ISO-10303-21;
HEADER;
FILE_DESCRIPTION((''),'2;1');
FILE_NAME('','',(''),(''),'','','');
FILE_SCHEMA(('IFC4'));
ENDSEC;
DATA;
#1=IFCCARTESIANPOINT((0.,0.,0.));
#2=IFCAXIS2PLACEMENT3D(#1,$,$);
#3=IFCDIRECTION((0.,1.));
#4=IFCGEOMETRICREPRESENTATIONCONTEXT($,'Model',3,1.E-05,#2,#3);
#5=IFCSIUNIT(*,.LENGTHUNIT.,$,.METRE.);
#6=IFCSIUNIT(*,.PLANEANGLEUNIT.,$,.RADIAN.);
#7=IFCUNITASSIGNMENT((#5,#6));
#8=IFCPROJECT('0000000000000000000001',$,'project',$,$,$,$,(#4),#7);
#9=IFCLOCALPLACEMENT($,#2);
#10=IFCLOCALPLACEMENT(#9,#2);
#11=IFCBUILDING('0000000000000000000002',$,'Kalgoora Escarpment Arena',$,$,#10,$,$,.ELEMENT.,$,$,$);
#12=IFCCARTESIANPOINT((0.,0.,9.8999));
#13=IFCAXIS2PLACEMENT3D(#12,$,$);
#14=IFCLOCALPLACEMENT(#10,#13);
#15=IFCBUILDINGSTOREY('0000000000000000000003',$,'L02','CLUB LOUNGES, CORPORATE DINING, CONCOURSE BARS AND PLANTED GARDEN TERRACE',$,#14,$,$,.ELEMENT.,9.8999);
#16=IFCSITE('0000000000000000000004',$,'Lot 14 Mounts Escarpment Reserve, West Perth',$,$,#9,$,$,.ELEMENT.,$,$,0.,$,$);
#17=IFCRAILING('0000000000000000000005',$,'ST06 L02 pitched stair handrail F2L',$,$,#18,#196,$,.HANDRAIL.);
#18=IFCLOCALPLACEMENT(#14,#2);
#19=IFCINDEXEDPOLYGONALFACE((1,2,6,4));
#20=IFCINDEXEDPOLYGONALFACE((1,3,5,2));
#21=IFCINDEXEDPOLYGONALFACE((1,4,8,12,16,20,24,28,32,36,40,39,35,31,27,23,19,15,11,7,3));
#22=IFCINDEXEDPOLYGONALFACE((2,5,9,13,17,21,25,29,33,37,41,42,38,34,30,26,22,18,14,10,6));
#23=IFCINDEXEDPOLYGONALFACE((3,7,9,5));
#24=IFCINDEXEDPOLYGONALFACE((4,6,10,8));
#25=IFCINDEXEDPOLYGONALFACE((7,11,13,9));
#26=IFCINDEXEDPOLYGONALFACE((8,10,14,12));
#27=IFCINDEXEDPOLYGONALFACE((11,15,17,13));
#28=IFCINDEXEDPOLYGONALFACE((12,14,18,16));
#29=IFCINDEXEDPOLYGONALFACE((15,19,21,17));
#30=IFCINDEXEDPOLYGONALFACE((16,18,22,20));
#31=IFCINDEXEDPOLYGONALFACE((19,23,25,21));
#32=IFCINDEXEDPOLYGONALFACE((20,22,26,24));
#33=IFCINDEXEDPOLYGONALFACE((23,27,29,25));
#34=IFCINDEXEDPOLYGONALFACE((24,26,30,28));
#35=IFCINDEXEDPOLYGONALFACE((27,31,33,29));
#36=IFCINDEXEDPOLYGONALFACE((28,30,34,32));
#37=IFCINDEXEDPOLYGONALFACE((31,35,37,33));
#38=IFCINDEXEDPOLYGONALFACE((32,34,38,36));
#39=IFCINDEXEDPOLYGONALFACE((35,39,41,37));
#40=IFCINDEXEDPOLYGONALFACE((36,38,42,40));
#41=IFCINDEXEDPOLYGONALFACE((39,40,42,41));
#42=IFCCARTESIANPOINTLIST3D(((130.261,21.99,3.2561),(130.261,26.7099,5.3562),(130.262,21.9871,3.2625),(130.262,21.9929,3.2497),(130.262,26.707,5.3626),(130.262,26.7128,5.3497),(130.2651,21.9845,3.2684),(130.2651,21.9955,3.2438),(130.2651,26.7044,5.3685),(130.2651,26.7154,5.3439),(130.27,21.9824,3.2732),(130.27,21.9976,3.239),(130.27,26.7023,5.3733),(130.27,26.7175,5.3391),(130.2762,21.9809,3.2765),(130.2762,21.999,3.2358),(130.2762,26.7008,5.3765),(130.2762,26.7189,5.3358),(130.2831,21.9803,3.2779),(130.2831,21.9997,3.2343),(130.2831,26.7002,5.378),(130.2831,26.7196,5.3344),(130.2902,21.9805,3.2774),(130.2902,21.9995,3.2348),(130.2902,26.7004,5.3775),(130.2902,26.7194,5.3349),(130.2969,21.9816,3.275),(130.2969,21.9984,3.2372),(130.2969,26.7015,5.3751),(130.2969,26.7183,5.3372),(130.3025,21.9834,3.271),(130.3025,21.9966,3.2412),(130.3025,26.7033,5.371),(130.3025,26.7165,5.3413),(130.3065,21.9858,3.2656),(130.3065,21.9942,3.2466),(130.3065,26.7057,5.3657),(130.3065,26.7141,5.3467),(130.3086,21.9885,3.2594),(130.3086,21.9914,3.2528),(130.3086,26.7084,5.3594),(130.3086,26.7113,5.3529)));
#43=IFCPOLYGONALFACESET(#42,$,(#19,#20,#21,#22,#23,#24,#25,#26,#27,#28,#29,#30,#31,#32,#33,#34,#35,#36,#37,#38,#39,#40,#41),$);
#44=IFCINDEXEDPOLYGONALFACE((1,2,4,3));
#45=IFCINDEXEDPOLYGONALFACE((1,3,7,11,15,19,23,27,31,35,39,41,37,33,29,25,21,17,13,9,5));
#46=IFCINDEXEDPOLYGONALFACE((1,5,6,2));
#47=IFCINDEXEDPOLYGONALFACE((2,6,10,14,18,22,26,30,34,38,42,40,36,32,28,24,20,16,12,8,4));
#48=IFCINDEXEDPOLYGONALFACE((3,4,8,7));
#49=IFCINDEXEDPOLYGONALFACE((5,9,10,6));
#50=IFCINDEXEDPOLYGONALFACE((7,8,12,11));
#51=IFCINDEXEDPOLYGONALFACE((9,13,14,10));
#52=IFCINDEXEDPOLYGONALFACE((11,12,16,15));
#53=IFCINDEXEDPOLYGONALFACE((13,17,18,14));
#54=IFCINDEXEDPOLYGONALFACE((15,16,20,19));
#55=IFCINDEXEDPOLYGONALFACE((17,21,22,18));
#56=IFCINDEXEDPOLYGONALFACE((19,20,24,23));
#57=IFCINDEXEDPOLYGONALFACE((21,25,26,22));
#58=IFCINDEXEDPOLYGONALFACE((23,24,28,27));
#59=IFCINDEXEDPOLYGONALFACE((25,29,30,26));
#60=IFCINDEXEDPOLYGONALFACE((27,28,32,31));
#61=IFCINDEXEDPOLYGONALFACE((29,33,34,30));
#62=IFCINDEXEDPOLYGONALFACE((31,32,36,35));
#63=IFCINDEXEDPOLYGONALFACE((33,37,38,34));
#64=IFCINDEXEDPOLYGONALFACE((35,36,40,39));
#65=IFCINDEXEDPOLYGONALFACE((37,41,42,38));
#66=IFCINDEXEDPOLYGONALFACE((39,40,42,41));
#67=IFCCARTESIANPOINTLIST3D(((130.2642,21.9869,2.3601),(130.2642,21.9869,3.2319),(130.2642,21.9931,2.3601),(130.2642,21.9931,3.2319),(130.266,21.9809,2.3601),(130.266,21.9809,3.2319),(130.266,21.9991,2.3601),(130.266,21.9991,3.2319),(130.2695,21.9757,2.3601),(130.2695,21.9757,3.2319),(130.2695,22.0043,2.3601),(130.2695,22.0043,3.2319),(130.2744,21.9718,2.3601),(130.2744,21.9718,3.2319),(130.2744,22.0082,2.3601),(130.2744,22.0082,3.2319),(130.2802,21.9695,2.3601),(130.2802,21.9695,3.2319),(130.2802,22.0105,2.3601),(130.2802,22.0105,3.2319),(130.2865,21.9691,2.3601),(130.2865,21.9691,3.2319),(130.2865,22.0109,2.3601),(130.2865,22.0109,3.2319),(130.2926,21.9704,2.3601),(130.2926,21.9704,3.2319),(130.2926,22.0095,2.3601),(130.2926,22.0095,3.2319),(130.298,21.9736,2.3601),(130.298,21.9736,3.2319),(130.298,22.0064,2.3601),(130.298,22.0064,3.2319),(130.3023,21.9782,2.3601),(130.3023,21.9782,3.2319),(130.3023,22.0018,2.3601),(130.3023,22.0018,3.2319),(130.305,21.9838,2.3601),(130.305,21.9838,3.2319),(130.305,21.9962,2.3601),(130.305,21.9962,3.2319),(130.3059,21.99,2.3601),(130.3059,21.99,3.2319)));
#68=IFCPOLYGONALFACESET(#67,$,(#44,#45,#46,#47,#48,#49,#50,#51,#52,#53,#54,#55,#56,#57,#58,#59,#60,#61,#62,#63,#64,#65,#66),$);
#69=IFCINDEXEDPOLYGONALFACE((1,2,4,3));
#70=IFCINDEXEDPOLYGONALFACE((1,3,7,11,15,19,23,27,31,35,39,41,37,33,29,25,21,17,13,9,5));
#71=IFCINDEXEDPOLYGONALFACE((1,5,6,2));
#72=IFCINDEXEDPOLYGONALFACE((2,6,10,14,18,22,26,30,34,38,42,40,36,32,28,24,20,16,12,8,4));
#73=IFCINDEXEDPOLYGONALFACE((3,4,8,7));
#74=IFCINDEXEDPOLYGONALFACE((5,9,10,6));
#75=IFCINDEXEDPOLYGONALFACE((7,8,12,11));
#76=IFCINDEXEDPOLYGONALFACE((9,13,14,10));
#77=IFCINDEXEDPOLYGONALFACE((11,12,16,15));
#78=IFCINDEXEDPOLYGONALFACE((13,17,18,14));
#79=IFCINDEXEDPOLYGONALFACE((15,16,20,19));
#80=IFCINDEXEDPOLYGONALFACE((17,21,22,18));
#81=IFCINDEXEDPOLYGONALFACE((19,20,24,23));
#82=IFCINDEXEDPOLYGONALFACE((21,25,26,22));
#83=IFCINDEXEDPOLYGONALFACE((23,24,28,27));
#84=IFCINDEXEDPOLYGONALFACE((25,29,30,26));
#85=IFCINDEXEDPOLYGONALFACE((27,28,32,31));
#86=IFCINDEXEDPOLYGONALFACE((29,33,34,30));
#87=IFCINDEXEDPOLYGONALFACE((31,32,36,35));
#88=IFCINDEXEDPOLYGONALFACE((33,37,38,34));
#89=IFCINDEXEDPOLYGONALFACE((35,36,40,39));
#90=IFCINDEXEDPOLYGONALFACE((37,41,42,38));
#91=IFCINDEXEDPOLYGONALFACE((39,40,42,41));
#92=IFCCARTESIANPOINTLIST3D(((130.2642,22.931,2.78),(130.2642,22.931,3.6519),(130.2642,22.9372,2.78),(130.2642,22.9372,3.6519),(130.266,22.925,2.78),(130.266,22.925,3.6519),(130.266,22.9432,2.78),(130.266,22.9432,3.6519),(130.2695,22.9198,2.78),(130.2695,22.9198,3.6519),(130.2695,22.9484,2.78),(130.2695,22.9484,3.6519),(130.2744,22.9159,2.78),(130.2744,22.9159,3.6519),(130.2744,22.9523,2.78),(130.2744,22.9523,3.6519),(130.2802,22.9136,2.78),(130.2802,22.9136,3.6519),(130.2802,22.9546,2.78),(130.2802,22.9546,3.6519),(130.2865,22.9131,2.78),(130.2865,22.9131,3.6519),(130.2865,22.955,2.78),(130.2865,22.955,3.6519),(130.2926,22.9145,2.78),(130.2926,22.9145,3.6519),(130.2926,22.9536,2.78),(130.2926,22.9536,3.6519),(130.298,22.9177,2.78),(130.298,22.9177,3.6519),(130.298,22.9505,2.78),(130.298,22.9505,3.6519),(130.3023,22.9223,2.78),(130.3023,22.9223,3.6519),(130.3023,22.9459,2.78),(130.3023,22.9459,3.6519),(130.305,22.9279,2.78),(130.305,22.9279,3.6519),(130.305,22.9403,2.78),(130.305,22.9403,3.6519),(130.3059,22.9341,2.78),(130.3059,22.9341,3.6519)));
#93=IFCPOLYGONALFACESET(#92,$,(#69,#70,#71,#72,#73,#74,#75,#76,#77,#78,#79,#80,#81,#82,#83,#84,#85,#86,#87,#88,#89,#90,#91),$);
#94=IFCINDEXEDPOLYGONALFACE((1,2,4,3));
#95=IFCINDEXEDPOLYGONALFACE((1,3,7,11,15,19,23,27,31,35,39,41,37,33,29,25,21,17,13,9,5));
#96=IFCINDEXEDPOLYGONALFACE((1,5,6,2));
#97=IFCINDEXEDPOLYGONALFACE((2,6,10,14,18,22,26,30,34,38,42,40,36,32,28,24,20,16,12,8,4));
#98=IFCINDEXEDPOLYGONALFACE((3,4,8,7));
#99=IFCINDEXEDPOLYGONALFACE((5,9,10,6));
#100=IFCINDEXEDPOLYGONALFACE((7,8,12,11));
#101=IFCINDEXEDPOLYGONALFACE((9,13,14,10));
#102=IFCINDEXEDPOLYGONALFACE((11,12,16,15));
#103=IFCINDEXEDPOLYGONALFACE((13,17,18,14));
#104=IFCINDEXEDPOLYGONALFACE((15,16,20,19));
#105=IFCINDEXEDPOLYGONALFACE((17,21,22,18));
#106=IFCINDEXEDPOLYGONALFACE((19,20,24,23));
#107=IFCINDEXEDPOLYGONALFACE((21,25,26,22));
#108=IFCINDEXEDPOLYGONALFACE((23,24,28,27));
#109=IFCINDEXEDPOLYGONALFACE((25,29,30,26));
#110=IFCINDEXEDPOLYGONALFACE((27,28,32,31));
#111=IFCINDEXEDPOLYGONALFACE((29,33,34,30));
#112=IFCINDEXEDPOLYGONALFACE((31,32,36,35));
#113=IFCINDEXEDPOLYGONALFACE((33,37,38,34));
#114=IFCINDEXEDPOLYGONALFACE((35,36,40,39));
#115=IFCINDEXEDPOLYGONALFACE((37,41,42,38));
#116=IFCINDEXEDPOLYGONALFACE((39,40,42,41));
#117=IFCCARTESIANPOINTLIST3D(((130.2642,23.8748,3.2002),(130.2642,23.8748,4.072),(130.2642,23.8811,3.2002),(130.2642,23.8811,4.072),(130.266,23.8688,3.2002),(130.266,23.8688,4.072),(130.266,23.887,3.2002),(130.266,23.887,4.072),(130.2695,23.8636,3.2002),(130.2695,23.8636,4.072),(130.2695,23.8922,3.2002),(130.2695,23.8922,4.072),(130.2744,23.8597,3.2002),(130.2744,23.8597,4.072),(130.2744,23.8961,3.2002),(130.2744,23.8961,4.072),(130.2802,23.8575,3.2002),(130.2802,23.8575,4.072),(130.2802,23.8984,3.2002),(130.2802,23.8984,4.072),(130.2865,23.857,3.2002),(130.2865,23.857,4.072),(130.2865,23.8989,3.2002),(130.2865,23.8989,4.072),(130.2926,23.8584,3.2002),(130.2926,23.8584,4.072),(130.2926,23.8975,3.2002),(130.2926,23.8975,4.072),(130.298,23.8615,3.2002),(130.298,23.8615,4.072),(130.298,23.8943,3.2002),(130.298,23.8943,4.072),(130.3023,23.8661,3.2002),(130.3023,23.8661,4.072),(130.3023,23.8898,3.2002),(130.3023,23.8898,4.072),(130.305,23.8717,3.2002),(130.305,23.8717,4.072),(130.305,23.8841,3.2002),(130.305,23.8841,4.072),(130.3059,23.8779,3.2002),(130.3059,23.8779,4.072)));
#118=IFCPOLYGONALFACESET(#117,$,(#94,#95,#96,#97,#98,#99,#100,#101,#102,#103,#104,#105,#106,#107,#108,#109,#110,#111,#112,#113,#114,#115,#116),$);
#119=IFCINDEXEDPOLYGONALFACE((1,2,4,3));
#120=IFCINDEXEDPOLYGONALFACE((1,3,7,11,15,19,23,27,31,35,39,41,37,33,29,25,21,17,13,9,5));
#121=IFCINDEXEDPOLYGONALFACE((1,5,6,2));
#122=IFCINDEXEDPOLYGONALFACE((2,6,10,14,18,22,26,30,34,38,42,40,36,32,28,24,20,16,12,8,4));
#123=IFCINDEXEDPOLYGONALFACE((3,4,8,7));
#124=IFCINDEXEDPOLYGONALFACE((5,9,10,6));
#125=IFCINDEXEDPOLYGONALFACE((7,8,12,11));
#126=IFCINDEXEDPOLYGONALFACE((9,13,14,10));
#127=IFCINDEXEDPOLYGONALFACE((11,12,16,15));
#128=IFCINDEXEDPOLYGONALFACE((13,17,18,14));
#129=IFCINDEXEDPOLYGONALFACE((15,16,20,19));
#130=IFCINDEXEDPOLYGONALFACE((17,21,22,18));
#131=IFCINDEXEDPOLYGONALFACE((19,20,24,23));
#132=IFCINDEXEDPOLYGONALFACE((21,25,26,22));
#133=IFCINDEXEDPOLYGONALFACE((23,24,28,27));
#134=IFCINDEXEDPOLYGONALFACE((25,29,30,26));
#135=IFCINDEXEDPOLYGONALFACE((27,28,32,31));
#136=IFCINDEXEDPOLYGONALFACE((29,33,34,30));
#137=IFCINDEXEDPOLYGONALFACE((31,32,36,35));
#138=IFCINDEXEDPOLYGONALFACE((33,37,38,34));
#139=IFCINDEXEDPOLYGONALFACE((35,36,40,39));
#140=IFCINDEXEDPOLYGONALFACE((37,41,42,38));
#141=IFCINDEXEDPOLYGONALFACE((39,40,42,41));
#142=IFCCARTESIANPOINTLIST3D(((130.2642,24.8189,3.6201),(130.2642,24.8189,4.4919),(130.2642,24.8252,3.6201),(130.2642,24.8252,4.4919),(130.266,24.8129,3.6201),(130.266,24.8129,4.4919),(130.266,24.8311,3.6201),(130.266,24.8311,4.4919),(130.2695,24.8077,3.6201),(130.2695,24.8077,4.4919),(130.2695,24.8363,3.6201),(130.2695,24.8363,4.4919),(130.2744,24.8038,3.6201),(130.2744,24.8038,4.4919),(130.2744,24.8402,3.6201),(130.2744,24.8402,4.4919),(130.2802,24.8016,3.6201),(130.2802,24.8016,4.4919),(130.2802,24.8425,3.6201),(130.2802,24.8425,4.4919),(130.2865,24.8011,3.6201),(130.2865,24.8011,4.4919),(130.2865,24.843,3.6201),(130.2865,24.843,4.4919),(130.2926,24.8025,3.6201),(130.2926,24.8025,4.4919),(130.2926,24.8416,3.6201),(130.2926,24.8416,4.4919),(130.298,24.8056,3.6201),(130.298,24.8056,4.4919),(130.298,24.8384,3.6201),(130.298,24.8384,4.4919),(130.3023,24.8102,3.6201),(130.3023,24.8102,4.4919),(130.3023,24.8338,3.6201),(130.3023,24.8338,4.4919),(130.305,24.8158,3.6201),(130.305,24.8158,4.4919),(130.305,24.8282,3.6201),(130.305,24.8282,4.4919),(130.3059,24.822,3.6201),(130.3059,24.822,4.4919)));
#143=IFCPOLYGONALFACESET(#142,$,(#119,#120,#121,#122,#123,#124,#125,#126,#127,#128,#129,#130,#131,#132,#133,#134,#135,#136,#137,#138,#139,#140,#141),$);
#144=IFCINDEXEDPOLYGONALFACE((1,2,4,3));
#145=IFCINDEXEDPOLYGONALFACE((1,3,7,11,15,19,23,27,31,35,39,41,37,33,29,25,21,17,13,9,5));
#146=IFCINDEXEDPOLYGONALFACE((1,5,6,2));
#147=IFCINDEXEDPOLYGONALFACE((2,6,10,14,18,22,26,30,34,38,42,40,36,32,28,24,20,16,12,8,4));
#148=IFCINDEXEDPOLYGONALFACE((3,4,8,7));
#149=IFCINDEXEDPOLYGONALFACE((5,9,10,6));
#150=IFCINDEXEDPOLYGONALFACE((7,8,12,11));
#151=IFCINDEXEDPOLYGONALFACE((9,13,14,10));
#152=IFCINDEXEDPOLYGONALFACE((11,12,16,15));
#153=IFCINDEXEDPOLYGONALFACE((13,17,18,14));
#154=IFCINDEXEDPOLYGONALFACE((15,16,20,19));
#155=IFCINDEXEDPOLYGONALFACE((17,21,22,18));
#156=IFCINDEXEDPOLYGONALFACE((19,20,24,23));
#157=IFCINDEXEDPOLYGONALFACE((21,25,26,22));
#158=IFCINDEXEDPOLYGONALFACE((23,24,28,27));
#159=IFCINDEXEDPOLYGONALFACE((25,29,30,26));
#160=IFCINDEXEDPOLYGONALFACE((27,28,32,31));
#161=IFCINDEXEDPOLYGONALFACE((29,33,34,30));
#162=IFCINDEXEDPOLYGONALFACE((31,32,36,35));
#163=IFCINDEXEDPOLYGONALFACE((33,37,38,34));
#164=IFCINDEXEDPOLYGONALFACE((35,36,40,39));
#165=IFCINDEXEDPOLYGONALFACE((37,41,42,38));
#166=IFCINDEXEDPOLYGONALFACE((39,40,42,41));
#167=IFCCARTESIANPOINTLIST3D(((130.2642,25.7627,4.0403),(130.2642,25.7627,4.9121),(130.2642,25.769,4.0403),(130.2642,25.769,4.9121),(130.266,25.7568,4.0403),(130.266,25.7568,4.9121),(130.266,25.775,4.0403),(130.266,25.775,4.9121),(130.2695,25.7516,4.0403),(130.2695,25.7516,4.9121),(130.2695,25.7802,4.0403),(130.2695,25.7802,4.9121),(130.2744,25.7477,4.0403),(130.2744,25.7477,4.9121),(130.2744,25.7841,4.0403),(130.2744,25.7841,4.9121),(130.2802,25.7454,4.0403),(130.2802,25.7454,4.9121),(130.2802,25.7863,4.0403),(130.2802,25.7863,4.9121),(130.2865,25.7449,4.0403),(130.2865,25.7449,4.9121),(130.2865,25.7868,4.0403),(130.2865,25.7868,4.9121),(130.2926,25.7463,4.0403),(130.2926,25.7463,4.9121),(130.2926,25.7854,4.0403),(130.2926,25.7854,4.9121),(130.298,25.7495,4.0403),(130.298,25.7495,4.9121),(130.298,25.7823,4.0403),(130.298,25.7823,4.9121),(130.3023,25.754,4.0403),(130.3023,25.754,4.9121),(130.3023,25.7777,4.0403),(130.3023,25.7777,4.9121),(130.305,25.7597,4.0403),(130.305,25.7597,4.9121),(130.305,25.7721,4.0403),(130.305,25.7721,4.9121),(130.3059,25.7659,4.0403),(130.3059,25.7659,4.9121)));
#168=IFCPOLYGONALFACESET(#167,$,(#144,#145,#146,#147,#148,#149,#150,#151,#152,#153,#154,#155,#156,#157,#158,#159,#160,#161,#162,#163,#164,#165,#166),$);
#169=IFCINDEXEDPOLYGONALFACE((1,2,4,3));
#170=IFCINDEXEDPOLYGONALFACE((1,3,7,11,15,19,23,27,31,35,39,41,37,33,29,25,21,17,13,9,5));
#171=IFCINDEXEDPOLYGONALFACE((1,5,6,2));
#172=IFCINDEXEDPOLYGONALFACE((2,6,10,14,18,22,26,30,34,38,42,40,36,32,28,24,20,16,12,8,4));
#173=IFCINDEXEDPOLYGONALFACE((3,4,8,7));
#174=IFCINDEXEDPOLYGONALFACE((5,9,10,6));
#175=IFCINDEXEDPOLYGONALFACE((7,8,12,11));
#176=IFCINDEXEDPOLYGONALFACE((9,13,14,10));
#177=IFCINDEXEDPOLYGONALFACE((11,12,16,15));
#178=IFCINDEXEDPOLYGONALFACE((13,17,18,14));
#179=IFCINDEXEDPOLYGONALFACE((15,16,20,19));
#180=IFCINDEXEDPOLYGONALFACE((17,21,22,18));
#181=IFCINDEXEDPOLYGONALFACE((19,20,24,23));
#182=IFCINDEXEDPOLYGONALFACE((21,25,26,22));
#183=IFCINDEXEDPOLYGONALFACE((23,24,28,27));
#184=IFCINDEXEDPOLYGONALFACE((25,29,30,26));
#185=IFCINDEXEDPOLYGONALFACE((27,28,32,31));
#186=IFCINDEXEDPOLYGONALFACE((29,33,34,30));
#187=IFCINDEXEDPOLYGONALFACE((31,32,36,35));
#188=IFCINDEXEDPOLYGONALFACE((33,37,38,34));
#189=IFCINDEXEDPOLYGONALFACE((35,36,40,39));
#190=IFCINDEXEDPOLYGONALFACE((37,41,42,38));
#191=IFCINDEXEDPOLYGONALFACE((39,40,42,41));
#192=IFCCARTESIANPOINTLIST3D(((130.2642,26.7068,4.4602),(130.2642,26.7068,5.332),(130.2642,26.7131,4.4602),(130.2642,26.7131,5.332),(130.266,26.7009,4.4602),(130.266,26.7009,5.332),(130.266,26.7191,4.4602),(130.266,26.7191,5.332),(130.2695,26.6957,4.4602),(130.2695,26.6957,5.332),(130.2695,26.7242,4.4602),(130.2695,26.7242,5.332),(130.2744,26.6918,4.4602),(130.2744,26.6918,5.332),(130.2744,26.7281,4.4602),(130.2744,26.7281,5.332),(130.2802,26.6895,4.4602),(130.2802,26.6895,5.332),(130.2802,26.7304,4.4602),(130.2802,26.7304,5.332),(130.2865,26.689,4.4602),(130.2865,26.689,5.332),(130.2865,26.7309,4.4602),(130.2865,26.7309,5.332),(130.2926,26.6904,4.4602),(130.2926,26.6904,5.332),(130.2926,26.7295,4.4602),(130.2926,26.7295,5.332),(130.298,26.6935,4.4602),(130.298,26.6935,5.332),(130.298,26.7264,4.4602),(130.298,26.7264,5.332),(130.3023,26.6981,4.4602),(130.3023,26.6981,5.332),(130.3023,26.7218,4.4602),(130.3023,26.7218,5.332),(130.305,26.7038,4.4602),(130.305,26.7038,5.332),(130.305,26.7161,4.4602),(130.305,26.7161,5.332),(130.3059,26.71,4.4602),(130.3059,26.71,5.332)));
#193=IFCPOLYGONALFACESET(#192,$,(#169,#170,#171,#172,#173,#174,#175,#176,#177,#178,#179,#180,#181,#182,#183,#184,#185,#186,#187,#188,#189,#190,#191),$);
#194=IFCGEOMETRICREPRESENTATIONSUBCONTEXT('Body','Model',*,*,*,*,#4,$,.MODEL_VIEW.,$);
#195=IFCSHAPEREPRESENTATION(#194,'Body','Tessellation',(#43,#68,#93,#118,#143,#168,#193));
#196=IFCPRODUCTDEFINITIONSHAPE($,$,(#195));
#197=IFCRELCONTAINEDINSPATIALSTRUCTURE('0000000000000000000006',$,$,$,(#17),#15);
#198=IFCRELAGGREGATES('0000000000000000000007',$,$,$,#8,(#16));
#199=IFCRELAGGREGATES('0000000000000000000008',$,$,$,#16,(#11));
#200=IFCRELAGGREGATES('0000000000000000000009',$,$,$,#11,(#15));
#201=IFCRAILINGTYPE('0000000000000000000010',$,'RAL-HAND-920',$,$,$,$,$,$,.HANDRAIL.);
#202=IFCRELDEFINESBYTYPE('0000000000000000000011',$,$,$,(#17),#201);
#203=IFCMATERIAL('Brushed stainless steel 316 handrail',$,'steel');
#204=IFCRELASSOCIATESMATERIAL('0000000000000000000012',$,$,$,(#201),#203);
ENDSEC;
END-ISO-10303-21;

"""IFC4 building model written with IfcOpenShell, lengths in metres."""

from ifc_helpers import new_model, si_unit, direction, frame, origin, origin_2d, place, context, subcontext, project, spatial, circle, extrude, material, type_object, element, save


model = new_model("IFC4")

# Units and contexts
model_context = context("Model", 3, precision=1e-05, world=origin(), true_north=direction((0.0, 1.0)))
body_context = subcontext(model_context, "Body", "Model", "MODEL_VIEW")
ifc_project = project(units=[si_unit("LENGTHUNIT", "METRE"), si_unit("PLANEANGLEUNIT", "RADIAN")], contexts=[model_context])

# Site, building, storey
site_placement = place(None, origin())
site = spatial("IfcSite", under=ifc_project, at=site_placement, Name="Lot 14 Mounts Escarpment Reserve, West Perth", CompositionType="ELEMENT", RefElevation=0.0)
building_placement = place(site_placement, origin())
building = spatial("IfcBuilding", under=site, at=building_placement, Name="Kalgoora Escarpment Arena", CompositionType="ELEMENT")
storey_placement = place(building_placement, frame((0.0, 0.0, 9.8999)))
storey = spatial("IfcBuildingStorey", under=building, at=storey_placement, Name="L02", Description="CLUB LOUNGES, CORPORATE DINING, CONCOURSE BARS AND PLANTED GARDEN TERRACE", CompositionType="ELEMENT", Elevation=9.8999)

# Railing
ifc_material_1 = material(Name="Brushed stainless steel 316 handrail", Category="steel")
railing_type_1 = type_object("IfcRailingType", Name="RAL-HAND-920", PredefinedType="HANDRAIL", material=ifc_material_1)
for number, where, name in (
    (1, (130.2849, 21.99, 2.3601), "ST06 L02 pitched stair handrail F2L"),
):
    element("IfcRailing", number, at=place(storey_placement, frame(where)), inside=storey, type_object=railing_type_1, Name=name, PredefinedType="HANDRAIL", context=body_context, shape_type="SweptSolid", body=[
        extrude(circle(Radius=0.0239, at=origin_2d()), frame((0.0, 0.0, 0.896), z_axis=(0.0, 0.913644, 0.406516), x_axis=(-1.0, 0.0, 0.0)), (0.0, 0.0, 1.0), 5.166),
        extrude(circle(Radius=0.021, at=origin_2d()), origin(), (0.0, 0.0, 1.0), 0.8718),
        extrude(circle(Radius=0.021, at=origin_2d()), frame((0.0, 0.9441, 0.4199)), (0.0, 0.0, 1.0), 0.8718),
        extrude(circle(Radius=0.021, at=origin_2d()), frame((0.0, 1.8879, 0.8401)), (0.0, 0.0, 1.0), 0.8718),
        extrude(circle(Radius=0.021, at=origin_2d()), frame((0.0, 2.832, 1.26)), (0.0, 0.0, 1.0), 0.8718),
        extrude(circle(Radius=0.021, at=origin_2d()), frame((0.0, 3.7759, 1.6802)), (0.0, 0.0, 1.0), 0.8718),
        extrude(circle(Radius=0.021, at=origin_2d()), frame((0.0, 4.72, 2.1001)), (0.0, 0.0, 1.0), 0.8718),
    ])

save(model, "model.ifc")
